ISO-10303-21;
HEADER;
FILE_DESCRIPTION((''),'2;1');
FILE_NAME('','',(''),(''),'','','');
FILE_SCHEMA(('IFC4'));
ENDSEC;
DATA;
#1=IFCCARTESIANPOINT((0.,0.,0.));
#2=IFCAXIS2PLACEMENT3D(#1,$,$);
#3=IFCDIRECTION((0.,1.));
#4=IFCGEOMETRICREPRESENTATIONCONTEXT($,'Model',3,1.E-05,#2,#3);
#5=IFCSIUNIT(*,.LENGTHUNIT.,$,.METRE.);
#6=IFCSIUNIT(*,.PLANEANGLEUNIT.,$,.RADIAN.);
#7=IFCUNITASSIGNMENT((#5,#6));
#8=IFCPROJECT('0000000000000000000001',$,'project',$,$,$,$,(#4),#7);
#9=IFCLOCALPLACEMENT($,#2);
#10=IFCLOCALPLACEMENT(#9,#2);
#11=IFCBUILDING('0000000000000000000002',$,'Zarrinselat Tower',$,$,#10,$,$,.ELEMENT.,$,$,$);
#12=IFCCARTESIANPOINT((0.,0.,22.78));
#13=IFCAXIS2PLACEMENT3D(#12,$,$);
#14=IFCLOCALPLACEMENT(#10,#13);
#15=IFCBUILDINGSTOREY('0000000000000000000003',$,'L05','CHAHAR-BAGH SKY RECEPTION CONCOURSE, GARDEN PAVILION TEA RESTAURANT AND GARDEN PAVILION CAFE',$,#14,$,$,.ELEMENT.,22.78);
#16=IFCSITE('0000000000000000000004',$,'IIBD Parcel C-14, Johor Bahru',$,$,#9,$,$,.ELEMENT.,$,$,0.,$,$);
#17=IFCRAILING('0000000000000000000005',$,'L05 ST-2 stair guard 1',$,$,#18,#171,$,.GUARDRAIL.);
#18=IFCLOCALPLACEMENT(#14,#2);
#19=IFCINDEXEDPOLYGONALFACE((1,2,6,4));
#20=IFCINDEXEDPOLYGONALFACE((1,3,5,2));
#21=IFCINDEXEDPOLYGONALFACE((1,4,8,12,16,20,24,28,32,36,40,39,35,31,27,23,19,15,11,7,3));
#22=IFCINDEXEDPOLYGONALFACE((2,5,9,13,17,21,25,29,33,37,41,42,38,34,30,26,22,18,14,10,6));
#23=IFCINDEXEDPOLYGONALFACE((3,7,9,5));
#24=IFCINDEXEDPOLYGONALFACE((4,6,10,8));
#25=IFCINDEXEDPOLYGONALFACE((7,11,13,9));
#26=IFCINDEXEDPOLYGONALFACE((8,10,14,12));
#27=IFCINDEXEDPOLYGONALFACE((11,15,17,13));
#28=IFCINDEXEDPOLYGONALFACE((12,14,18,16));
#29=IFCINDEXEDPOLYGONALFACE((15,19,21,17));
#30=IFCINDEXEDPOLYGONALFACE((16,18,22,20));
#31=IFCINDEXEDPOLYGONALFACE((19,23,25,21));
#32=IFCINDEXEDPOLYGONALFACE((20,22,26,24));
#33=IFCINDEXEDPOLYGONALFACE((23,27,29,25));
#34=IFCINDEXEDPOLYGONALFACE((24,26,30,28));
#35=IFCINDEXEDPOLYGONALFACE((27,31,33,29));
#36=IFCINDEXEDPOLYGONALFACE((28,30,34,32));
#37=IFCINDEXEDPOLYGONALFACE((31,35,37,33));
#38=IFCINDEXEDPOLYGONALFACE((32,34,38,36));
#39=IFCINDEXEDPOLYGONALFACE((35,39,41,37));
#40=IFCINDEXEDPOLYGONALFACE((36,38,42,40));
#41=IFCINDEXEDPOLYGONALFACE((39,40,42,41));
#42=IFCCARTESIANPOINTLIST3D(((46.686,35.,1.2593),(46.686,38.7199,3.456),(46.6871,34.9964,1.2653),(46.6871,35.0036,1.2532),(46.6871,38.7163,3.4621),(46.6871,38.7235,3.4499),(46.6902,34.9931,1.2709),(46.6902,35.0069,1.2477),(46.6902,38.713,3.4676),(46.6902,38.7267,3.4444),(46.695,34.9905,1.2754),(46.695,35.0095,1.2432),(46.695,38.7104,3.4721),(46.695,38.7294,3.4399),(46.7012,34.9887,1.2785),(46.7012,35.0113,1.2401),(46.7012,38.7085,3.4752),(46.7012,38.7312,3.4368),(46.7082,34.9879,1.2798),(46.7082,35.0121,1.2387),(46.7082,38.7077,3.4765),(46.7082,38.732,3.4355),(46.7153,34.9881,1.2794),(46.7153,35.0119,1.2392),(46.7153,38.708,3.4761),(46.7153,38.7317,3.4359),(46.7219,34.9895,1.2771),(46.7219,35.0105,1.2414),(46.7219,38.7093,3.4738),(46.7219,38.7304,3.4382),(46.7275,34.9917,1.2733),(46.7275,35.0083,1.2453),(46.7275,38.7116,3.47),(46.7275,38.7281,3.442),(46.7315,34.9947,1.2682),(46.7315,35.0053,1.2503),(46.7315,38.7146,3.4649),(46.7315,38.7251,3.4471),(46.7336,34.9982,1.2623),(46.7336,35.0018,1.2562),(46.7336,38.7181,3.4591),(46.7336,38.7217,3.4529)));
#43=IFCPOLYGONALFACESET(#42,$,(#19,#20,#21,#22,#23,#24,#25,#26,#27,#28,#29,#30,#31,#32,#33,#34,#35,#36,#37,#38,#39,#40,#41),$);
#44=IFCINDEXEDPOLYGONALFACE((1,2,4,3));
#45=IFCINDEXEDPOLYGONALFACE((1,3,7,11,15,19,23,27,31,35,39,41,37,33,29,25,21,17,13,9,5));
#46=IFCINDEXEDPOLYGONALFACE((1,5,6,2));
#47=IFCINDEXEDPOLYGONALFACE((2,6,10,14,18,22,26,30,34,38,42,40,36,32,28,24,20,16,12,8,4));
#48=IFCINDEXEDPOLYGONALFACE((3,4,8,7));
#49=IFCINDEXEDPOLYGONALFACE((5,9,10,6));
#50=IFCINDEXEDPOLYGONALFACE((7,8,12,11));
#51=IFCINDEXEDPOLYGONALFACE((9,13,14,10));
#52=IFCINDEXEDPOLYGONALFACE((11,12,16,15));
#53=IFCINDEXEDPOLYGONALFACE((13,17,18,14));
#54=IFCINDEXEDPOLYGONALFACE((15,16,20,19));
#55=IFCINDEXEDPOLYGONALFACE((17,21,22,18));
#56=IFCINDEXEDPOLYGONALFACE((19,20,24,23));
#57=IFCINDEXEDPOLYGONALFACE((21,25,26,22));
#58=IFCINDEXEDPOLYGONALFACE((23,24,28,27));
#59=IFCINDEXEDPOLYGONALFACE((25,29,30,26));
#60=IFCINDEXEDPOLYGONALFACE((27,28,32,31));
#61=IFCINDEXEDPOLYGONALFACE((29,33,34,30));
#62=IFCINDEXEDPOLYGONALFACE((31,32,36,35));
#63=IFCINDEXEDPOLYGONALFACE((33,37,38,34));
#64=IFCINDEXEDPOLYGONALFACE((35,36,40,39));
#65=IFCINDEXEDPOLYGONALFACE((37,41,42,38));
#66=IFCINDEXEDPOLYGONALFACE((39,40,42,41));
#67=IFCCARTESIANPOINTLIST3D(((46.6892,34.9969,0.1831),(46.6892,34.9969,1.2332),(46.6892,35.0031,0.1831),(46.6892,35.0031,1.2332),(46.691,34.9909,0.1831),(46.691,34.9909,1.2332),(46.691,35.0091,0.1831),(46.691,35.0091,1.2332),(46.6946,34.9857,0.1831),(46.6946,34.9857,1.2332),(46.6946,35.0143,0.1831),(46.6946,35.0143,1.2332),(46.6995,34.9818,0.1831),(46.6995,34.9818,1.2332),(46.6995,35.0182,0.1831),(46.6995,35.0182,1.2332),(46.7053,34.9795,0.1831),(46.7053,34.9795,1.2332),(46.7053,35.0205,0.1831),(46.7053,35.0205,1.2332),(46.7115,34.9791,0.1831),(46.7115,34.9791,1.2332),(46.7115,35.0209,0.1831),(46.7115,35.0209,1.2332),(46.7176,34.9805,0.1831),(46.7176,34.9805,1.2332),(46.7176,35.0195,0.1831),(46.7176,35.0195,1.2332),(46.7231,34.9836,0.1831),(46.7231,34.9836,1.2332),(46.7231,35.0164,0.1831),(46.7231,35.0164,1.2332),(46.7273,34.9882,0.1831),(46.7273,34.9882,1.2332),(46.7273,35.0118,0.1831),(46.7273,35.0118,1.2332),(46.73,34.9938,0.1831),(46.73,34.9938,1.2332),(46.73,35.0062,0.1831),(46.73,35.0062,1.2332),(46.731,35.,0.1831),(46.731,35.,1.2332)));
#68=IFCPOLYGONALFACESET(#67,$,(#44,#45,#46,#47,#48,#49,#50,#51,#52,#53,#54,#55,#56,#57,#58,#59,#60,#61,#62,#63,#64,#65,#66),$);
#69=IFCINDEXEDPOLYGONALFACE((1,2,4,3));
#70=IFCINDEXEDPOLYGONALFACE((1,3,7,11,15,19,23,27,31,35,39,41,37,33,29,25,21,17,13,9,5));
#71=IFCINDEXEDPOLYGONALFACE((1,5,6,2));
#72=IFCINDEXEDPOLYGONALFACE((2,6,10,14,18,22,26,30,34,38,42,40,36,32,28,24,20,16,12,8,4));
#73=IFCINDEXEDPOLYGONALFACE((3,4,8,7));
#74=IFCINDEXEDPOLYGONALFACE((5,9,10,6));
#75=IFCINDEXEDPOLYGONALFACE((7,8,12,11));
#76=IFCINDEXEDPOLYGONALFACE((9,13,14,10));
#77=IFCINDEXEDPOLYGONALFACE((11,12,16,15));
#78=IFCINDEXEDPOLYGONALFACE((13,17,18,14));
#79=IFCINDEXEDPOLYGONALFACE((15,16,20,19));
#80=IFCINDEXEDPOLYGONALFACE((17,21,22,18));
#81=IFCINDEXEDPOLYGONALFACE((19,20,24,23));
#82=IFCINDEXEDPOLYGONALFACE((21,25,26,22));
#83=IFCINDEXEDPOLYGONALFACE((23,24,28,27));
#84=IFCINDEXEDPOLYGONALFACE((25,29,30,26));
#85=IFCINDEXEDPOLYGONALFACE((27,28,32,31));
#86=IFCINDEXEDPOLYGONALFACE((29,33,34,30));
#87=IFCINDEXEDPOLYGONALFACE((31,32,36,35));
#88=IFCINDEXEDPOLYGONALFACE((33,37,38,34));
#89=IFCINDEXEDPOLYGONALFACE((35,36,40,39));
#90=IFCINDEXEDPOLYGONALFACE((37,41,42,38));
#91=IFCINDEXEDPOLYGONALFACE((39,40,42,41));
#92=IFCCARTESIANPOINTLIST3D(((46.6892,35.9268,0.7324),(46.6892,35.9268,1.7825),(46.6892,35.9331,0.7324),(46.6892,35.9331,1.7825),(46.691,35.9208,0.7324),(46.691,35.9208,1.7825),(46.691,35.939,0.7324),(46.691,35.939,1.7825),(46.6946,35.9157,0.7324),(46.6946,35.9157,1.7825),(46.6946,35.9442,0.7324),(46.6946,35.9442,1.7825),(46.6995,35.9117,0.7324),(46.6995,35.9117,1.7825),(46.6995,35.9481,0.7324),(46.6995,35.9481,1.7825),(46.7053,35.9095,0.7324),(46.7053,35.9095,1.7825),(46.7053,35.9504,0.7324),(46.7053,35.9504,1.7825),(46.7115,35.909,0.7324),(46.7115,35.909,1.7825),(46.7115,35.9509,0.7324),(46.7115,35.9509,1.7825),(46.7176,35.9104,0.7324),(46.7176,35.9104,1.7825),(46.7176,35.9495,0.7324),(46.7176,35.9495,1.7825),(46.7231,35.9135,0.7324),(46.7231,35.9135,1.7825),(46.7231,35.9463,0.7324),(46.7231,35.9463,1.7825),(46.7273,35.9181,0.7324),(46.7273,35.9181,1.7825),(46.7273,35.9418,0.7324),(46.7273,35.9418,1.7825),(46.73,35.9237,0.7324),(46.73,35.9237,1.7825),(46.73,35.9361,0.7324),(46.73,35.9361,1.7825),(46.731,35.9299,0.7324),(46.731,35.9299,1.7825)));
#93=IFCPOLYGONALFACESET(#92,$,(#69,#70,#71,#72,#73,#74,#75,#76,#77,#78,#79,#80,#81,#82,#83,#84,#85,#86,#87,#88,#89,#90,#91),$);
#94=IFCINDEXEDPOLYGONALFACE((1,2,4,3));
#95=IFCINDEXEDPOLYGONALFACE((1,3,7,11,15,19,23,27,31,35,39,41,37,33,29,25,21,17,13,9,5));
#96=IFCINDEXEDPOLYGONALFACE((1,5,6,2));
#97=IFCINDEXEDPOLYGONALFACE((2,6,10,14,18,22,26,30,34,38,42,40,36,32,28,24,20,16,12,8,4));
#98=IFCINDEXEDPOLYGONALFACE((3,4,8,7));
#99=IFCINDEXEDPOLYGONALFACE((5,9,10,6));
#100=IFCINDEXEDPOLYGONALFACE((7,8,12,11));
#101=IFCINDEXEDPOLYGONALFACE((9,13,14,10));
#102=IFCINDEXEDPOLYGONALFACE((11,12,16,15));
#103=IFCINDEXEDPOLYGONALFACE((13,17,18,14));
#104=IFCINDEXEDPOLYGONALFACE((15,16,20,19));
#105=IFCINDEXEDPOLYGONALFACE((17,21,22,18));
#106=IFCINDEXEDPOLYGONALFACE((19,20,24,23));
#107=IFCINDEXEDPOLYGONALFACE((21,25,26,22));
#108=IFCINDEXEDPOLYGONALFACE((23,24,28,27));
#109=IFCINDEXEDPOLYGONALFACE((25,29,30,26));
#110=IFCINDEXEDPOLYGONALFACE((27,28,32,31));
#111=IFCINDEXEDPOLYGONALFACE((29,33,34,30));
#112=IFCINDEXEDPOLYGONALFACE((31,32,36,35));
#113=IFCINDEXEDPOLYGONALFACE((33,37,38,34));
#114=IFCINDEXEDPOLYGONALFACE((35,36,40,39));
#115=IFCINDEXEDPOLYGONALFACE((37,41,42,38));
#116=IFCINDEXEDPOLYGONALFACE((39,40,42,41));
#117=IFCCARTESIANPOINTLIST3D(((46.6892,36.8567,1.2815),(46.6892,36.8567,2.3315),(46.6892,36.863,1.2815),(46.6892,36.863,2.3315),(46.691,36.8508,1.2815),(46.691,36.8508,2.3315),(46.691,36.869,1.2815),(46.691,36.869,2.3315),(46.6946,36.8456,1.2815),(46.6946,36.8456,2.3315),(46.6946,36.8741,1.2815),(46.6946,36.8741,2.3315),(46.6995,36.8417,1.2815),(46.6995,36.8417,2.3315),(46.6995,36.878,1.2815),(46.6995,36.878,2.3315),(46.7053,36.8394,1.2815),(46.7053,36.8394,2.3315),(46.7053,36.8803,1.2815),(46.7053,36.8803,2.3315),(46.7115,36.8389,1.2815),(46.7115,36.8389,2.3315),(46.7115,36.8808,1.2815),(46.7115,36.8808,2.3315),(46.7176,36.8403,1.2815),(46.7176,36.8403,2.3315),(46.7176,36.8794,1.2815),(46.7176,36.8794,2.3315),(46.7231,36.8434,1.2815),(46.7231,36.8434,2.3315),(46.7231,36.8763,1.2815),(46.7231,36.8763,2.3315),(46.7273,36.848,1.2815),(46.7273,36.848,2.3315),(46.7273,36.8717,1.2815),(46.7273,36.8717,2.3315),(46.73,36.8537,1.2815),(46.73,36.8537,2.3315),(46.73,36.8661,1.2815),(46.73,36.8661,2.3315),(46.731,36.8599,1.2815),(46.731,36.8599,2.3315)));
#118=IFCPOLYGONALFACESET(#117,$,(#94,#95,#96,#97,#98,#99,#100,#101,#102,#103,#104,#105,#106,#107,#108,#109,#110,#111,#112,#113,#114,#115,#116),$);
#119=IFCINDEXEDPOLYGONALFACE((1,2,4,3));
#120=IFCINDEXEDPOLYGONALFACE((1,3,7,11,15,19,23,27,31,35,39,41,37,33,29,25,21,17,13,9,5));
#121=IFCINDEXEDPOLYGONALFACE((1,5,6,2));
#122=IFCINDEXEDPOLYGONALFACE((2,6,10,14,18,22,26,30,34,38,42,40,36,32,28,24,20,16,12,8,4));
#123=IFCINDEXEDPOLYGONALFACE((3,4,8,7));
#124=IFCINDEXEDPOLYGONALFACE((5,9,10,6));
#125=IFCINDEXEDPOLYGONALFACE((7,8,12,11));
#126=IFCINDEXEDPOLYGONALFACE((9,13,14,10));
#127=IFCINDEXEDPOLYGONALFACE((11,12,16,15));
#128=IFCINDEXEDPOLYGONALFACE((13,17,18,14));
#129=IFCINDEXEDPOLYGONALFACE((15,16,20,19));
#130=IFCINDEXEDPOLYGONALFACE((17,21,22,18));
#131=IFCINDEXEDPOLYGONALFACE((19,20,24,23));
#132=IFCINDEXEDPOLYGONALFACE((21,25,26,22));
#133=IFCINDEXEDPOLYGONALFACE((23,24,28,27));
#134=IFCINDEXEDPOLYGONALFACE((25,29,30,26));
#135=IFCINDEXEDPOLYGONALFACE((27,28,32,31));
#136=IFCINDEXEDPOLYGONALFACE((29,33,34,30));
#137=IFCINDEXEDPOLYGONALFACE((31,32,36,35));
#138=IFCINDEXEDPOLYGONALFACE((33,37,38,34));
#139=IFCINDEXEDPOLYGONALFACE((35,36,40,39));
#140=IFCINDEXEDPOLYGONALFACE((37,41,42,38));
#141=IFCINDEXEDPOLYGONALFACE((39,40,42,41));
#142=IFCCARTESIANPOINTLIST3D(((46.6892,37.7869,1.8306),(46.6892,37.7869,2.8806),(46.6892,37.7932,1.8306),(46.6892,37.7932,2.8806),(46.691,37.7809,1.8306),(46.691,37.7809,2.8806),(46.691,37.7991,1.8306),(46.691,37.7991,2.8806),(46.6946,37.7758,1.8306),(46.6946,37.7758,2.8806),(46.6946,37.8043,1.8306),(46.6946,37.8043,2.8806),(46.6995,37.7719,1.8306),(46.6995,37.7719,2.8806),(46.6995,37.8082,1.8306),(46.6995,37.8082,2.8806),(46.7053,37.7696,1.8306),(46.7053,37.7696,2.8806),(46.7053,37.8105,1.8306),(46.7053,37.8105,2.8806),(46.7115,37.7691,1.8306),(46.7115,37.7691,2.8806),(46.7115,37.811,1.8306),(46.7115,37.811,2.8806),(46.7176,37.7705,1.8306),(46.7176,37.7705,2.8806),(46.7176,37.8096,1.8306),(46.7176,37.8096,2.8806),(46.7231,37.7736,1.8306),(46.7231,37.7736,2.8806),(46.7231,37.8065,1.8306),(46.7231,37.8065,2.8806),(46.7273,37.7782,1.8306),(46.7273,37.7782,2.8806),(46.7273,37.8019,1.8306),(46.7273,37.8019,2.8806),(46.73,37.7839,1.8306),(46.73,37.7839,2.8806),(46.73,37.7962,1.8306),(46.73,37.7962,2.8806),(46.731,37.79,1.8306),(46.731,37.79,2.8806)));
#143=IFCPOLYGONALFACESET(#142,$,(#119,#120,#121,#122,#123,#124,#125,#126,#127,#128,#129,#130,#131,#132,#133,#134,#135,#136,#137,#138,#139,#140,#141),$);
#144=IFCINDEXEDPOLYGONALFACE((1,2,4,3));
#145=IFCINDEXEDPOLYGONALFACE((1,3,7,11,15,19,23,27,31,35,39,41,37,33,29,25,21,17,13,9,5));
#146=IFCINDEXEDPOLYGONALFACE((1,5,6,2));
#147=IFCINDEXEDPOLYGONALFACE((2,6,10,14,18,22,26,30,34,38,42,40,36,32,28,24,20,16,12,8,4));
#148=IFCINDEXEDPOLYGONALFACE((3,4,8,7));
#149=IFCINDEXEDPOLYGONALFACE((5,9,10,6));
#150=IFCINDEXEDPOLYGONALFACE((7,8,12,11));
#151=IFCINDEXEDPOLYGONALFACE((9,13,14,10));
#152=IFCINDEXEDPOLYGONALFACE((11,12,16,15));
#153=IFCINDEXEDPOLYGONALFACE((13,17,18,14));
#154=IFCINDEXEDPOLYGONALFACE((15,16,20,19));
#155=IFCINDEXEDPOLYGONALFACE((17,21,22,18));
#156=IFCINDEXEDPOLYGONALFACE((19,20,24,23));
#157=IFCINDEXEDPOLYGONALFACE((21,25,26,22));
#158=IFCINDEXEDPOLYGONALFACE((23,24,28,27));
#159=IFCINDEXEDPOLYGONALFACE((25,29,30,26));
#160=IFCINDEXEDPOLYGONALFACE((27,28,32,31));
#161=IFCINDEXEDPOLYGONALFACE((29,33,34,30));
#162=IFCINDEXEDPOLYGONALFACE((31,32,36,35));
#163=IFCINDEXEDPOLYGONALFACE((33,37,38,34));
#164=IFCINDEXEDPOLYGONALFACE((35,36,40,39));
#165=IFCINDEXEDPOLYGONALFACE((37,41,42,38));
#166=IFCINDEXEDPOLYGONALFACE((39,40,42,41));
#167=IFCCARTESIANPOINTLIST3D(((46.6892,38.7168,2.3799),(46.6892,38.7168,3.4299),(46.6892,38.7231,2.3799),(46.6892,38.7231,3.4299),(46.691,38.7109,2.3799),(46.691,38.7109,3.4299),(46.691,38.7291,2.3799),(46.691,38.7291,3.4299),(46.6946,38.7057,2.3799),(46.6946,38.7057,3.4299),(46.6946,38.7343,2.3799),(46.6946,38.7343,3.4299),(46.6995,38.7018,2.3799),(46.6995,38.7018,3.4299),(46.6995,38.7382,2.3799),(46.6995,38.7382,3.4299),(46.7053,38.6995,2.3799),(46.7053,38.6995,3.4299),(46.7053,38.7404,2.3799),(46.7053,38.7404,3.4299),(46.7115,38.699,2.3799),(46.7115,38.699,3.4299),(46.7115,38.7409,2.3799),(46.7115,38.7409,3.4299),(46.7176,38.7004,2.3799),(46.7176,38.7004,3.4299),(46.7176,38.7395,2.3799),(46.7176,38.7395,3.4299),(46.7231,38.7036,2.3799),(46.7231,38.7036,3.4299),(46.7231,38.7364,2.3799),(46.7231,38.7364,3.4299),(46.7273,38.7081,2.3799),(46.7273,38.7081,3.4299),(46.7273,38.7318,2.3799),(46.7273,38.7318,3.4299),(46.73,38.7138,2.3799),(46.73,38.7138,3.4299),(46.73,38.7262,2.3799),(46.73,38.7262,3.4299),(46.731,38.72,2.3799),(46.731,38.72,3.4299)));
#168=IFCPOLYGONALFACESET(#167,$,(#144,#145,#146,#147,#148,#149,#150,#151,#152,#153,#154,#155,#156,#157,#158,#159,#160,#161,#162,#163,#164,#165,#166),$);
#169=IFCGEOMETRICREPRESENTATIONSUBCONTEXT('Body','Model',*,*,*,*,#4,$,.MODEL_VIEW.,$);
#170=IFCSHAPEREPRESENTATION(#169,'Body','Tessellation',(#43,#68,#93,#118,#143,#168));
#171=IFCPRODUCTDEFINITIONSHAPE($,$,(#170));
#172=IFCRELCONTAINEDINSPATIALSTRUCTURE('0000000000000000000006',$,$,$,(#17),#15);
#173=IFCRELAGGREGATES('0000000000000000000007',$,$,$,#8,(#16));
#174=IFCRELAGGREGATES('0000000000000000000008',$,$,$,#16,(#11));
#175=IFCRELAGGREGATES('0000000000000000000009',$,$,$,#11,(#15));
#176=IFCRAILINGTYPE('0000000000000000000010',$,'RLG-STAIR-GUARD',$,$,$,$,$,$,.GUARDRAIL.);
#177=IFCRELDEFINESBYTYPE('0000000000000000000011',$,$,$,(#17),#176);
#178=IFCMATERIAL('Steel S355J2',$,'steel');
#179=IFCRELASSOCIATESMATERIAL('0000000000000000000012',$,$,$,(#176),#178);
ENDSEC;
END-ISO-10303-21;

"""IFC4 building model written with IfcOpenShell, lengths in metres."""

from ifc_helpers import new_model, si_unit, direction, frame, origin, origin_2d, place, context, subcontext, project, spatial, circle, extrude, material, type_object, element, save


model = new_model("IFC4")

# Units and contexts
model_context = context("Model", 3, precision=1e-05, world=origin(), true_north=direction((0.0, 1.0)))
body_context = subcontext(model_context, "Body", "Model", "MODEL_VIEW")
ifc_project = project(units=[si_unit("LENGTHUNIT", "METRE"), si_unit("PLANEANGLEUNIT", "RADIAN")], contexts=[model_context])

# Site, building, storey
site_placement = place(None, origin())
site = spatial("IfcSite", under=ifc_project, at=site_placement, Name="IIBD Parcel C-14, Johor Bahru", CompositionType="ELEMENT", RefElevation=0.0)
building_placement = place(site_placement, origin())
building = spatial("IfcBuilding", under=site, at=building_placement, Name="Zarrinselat Tower", CompositionType="ELEMENT")
storey_placement = place(building_placement, frame((0.0, 0.0, 22.78)))
storey = spatial("IfcBuildingStorey", under=building, at=storey_placement, Name="L05", Description="CHAHAR-BAGH SKY RECEPTION CONCOURSE, GARDEN PAVILION TEA RESTAURANT AND GARDEN PAVILION CAFE", CompositionType="ELEMENT", Elevation=22.78)

# Railing
ifc_material_1 = material(Name="Steel S355J2", Category="steel")
railing_type_1 = type_object("IfcRailingType", Name="RLG-STAIR-GUARD", PredefinedType="GUARDRAIL", material=ifc_material_1)
railing_1_placement = place(storey_placement, frame((46.71, 35.0, 0.1831)))
element("IfcRailing", 1, at=railing_1_placement, inside=storey, type_object=railing_type_1, Name="L05 ST-2 stair guard 1", PredefinedType="GUARDRAIL", context=body_context, shape_type="SweptSolid", body=[
    extrude(circle(Radius=0.0239, at=origin_2d()), frame((0.0, 0.0, 1.0762), z_axis=(0.0, 0.861067, 0.508491), x_axis=(-1.0, 0.0, 0.0)), (0.0, 0.0, 1.0), 4.3201),
    extrude(circle(Radius=0.021, at=origin_2d()), origin(), (0.0, 0.0, 1.0), 1.05),
    extrude(circle(Radius=0.021, at=origin_2d()), frame((0.0, 0.9299, 0.5493)), (0.0, 0.0, 1.0), 1.05),
    extrude(circle(Radius=0.021, at=origin_2d()), frame((0.0, 1.8599, 1.0984)), (0.0, 0.0, 1.0), 1.05),
    extrude(circle(Radius=0.021, at=origin_2d()), frame((0.0, 2.79, 1.6475)), (0.0, 0.0, 1.0), 1.05),
    extrude(circle(Radius=0.021, at=origin_2d()), frame((0.0, 3.72, 2.1968)), (0.0, 0.0, 1.0), 1.05),
])

save(model, "model.ifc")
